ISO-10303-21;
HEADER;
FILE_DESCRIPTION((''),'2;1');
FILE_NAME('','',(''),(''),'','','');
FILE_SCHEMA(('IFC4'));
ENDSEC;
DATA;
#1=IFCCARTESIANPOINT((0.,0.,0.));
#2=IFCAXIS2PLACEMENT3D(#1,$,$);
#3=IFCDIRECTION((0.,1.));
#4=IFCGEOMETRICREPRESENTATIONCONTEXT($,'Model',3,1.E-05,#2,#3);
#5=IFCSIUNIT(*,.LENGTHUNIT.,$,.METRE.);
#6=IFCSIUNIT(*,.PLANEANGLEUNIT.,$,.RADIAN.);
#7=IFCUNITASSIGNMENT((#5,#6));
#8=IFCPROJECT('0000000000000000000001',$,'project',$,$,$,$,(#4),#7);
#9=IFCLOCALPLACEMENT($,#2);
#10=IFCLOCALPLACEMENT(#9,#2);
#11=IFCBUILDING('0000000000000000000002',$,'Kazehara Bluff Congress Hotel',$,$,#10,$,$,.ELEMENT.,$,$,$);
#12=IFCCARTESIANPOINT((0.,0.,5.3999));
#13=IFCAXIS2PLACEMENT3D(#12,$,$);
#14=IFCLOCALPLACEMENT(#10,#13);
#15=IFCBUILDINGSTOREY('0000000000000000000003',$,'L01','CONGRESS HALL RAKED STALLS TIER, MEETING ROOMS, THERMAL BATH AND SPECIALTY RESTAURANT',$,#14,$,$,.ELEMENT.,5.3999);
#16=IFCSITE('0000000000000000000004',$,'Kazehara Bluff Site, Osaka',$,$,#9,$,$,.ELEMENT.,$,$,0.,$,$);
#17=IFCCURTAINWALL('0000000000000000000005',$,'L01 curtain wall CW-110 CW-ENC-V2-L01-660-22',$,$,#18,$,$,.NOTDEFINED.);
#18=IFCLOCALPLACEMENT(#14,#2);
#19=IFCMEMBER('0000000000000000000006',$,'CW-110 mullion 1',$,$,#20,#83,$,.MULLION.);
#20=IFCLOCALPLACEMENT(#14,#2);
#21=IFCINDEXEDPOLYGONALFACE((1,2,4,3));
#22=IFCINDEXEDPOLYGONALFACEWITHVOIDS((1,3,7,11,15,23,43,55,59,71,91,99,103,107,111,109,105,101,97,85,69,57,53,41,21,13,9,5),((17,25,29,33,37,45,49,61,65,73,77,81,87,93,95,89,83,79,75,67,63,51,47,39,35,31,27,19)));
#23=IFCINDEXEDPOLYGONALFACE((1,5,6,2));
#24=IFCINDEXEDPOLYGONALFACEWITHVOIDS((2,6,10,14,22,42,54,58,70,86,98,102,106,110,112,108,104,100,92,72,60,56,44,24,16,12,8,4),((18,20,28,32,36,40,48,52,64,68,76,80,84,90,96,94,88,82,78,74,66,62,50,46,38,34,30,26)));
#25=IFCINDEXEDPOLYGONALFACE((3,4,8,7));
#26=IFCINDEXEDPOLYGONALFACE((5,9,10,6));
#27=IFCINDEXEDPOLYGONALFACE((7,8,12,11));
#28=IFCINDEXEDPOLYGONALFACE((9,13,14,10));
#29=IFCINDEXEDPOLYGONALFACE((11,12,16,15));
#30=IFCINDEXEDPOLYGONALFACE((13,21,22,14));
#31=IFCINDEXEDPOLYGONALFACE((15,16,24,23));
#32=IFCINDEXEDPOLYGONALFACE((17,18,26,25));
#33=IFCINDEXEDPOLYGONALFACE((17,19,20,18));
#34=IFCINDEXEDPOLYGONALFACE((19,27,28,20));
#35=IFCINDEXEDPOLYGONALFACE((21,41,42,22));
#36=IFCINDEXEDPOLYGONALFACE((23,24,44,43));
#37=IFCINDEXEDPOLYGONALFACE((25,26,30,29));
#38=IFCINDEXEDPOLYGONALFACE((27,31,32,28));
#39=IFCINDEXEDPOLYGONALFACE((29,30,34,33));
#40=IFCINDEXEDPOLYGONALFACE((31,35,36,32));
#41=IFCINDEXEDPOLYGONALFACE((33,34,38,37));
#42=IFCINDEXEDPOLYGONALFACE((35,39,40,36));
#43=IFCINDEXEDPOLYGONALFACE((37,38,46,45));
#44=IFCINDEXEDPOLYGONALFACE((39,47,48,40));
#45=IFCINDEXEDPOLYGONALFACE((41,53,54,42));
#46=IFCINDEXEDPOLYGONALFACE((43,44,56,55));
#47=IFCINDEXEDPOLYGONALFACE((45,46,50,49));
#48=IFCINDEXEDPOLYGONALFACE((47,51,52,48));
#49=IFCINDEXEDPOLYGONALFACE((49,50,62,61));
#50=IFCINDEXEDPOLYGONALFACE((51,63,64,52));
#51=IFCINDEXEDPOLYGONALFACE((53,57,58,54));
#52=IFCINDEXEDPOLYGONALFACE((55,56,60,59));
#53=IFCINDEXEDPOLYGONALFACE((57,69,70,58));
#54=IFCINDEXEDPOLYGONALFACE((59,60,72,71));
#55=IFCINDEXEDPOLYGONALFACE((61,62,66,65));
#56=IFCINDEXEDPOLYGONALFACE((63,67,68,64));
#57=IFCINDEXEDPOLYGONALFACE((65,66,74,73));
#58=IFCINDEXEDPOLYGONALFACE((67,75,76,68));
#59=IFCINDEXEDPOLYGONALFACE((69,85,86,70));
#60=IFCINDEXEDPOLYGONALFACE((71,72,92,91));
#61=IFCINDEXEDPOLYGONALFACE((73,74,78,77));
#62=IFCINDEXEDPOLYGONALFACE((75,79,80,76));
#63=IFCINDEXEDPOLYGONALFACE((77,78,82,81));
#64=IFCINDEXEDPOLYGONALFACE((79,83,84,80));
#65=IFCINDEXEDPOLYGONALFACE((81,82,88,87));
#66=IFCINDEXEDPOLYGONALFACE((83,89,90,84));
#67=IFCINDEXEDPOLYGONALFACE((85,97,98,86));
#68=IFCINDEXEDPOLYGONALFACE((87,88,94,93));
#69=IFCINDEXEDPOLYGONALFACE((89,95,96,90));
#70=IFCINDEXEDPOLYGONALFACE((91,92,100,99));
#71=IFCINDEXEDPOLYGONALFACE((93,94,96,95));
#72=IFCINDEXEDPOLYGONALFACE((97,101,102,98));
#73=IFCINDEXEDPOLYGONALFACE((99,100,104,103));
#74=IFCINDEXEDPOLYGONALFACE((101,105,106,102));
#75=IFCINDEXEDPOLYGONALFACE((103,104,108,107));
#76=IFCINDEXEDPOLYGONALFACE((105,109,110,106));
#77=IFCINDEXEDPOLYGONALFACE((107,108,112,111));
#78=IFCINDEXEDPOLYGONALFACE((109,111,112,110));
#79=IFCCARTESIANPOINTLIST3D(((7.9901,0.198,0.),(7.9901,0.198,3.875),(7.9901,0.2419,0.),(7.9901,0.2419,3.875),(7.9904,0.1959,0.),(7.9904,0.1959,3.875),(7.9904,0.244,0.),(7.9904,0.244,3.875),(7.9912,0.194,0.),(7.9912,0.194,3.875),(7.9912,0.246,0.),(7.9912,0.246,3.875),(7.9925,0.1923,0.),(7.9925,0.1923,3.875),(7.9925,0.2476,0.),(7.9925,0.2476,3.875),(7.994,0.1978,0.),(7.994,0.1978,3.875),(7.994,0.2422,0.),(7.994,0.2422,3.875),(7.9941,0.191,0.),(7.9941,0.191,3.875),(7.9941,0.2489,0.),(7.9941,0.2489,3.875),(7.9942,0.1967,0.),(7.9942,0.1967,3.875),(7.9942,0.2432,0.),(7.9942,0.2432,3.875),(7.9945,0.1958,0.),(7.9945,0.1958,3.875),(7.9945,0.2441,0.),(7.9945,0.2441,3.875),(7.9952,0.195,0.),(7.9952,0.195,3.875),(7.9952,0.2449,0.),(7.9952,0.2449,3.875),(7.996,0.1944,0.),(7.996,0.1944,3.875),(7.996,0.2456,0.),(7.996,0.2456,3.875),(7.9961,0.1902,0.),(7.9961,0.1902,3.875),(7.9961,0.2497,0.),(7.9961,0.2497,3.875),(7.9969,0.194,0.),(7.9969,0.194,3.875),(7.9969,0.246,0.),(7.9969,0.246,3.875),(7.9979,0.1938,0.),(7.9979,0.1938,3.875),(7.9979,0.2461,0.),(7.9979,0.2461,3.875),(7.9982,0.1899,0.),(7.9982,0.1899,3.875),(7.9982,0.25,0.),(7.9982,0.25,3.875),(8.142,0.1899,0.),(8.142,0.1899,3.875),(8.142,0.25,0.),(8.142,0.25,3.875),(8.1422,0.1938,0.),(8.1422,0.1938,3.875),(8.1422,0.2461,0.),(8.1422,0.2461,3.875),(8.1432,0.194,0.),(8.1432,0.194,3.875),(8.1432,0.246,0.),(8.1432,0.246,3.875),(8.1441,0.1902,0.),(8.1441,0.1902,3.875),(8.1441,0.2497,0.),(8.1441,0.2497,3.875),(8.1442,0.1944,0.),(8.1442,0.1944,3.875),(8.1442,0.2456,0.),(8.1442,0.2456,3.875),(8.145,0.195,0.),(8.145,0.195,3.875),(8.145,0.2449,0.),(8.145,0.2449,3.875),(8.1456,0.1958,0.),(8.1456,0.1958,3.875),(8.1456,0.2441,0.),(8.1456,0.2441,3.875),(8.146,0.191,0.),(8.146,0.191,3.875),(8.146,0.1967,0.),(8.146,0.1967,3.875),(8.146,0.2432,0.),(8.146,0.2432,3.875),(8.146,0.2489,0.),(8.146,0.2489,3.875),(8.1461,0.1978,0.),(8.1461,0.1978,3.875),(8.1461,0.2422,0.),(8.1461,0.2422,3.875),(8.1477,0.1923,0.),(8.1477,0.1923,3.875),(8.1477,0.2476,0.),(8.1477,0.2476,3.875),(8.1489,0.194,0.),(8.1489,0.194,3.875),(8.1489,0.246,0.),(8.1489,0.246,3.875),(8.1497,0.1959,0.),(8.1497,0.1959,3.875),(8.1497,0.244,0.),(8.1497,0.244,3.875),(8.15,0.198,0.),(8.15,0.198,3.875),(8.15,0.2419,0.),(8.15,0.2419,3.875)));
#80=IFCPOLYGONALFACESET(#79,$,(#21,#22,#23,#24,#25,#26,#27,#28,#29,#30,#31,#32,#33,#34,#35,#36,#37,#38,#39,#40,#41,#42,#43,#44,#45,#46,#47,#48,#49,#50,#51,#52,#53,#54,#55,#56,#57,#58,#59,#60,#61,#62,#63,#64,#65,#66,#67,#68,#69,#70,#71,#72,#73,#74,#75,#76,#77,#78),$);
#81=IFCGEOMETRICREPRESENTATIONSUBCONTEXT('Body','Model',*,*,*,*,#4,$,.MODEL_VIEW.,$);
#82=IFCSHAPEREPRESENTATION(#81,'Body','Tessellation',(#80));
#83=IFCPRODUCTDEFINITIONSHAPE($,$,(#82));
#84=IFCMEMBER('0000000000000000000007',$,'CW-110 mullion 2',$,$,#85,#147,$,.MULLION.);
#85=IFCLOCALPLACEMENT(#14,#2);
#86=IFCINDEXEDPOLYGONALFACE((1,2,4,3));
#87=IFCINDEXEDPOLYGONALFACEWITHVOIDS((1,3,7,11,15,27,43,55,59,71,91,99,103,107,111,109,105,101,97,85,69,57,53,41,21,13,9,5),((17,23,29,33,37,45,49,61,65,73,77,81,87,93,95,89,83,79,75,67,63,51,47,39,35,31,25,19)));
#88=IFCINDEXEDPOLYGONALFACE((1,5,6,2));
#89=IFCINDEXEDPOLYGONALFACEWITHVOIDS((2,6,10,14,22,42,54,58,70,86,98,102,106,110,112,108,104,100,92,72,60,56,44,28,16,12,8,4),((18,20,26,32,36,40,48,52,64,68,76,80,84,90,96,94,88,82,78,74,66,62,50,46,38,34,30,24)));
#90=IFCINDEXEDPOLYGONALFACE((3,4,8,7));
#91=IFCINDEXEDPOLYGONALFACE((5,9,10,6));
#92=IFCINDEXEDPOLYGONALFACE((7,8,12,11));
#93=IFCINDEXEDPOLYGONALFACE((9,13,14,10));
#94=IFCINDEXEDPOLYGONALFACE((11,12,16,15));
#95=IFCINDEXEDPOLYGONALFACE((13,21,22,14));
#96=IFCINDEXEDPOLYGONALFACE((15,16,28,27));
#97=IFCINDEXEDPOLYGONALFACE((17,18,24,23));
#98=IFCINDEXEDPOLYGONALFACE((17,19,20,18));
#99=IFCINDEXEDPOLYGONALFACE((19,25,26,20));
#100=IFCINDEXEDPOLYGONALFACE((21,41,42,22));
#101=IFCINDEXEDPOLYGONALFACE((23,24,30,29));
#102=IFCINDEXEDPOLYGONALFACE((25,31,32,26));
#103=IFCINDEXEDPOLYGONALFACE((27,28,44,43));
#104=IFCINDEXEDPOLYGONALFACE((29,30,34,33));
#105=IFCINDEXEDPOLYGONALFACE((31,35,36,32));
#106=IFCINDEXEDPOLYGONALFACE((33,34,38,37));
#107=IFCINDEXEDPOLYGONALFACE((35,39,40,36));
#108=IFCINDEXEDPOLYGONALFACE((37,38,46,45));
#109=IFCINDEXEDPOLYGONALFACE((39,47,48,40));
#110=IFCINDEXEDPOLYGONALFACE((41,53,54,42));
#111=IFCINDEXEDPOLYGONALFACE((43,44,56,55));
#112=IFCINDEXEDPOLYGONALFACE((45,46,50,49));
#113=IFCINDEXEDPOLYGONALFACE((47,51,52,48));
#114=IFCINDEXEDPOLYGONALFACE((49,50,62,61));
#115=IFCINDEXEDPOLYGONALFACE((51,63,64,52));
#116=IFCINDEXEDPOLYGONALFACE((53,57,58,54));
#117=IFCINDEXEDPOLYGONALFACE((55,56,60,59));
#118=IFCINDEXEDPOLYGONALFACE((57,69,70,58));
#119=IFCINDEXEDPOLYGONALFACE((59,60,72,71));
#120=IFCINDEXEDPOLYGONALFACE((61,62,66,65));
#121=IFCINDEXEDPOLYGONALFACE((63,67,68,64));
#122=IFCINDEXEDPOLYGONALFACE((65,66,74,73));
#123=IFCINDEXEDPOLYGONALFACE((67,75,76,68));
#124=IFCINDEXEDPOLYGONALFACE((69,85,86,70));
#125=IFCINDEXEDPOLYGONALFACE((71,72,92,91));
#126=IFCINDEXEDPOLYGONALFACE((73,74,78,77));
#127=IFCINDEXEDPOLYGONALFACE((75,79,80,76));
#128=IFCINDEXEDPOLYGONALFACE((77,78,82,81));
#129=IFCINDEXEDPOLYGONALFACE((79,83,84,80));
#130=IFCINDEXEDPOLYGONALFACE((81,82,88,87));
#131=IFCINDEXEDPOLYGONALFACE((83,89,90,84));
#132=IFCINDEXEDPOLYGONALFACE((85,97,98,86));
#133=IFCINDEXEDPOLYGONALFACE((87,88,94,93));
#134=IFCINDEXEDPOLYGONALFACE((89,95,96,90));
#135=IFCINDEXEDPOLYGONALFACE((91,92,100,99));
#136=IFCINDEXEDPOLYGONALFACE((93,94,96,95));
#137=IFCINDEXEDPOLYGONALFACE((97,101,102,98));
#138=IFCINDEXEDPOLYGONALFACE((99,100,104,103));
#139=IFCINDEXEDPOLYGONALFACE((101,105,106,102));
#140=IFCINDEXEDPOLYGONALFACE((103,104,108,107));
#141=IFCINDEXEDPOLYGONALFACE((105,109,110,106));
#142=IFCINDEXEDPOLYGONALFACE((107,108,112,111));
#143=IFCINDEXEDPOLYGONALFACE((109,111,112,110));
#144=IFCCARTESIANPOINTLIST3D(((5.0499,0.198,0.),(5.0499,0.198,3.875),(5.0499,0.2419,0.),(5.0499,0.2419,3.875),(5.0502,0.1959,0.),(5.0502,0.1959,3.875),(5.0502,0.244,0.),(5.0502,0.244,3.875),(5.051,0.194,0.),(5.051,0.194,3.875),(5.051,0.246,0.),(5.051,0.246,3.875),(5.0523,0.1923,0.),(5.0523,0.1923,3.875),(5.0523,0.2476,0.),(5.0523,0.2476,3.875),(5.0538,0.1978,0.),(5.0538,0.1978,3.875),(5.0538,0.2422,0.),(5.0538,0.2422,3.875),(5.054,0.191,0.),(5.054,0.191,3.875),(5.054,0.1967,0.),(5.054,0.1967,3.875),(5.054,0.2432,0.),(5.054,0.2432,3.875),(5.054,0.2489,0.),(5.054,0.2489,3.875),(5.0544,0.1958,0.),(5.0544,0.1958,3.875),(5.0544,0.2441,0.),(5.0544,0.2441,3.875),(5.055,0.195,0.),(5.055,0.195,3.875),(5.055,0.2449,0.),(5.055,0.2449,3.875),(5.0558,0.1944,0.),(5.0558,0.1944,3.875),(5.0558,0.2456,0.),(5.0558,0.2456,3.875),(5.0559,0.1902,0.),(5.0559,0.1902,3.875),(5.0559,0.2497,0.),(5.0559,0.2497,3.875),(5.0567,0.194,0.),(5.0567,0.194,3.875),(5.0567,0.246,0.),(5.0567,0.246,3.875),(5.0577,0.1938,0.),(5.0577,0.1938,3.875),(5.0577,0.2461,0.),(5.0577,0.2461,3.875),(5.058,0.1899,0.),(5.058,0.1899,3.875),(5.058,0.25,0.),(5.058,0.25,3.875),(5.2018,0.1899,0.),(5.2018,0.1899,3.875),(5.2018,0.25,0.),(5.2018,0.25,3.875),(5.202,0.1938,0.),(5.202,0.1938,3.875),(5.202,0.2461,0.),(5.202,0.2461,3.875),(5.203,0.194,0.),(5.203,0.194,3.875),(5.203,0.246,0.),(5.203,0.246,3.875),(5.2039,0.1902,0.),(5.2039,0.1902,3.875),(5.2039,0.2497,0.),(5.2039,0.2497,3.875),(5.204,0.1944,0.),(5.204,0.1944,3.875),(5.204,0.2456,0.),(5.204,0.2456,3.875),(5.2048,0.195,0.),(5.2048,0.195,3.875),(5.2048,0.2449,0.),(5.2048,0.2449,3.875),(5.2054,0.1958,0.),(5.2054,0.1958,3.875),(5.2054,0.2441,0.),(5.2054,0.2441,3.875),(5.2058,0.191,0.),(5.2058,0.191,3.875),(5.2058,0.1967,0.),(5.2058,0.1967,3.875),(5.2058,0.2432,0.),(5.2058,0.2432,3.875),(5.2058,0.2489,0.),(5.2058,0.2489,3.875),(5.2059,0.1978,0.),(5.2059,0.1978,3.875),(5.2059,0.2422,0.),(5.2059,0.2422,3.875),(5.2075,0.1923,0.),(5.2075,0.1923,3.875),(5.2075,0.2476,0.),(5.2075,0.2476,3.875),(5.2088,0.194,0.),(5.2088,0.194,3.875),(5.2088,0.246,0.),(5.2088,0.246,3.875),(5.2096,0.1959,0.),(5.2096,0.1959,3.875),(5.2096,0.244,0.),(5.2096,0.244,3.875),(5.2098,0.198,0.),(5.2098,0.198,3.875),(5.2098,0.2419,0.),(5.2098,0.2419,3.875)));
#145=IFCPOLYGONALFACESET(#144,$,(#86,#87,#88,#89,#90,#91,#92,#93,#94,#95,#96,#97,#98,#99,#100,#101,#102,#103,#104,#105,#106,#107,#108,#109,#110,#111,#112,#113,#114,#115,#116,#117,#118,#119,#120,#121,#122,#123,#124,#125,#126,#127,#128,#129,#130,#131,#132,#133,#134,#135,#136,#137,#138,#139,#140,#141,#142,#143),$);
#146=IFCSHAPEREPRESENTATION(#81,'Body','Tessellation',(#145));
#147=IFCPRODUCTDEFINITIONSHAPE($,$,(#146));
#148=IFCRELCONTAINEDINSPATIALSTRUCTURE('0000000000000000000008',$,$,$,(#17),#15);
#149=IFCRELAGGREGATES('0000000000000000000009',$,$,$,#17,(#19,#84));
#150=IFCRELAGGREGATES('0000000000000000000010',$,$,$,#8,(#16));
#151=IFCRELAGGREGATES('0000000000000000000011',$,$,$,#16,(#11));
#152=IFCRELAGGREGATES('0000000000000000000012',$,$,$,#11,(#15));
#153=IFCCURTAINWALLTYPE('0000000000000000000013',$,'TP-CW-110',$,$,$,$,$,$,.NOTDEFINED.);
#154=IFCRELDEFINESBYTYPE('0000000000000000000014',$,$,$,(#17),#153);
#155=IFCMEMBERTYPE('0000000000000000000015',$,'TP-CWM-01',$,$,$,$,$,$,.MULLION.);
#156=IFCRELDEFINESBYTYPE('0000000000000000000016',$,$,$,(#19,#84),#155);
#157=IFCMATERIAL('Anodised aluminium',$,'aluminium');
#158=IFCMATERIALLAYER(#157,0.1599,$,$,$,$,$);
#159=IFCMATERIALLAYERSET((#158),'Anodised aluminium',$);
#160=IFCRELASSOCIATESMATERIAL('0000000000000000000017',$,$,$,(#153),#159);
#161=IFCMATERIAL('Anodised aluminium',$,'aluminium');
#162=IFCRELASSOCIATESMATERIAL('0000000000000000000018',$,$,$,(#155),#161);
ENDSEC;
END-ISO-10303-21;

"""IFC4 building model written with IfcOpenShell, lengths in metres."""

from ifc_helpers import new_model, si_unit, direction, frame, origin, origin_2d, place, context, subcontext, project, spatial, hollow_rectangle, extrude, material, layer, layer_set, material_profile, profile_set, type_object, element, aggregate, save


model = new_model("IFC4")

# Units and contexts
model_context = context("Model", 3, precision=1e-05, world=origin(), true_north=direction((0.0, 1.0)))
body_context = subcontext(model_context, "Body", "Model", "MODEL_VIEW")
ifc_project = project(units=[si_unit("LENGTHUNIT", "METRE"), si_unit("PLANEANGLEUNIT", "RADIAN")], contexts=[model_context])

# Site, building, storey
site_placement = place(None, origin())
site = spatial("IfcSite", under=ifc_project, at=site_placement, Name="Kazehara Bluff Site, Osaka", CompositionType="ELEMENT", RefElevation=0.0)
building_placement = place(site_placement, origin())
building = spatial("IfcBuilding", under=site, at=building_placement, Name="Kazehara Bluff Congress Hotel", CompositionType="ELEMENT")
storey_placement = place(building_placement, frame((0.0, 0.0, 5.3999)))
storey = spatial("IfcBuildingStorey", under=building, at=storey_placement, Name="L01", Description="CONGRESS HALL RAKED STALLS TIER, MEETING ROOMS, THERMAL BATH AND SPECIALTY RESTAURANT", CompositionType="ELEMENT", Elevation=5.3999)

# Curtain wall, members
ifc_material_1 = material(Name="Anodised aluminium", Category="aluminium")
ifc_layer_1 = layer(ifc_material_1, 0.1599)
ifc_layer_set_1 = layer_set([ifc_layer_1], Name="Anodised aluminium")
curtain_wall_type = type_object("IfcCurtainWallType", Name="TP-CW-110", PredefinedType="NOTDEFINED", material=ifc_layer_set_1)
curtain_wall_placement = place(storey_placement, origin())
curtain_wall = element("IfcCurtainWall", 1, at=curtain_wall_placement, inside=storey, type_object=curtain_wall_type, Name="L01 curtain wall CW-110 CW-ENC-V2-L01-660-22", PredefinedType="NOTDEFINED")
ifc_material_2 = material(Name="Anodised aluminium", Category="aluminium")
ifc_material_profile_1 = material_profile(ifc_material_2, hollow_rectangle(XDim=0.0601, YDim=0.1599, WallThickness=0.0039, InnerFilletRadius=0.0039, OuterFilletRadius=0.0081, at=origin_2d()))
ifc_profile_set_1 = profile_set([ifc_material_profile_1], Name="Anodised aluminium")
member_type_1 = type_object("IfcMemberType", Name="TP-CWM-01", PredefinedType="MULLION", material=ifc_profile_set_1)
member_1_placement = place(storey_placement, frame((8.0701, 0.22, 0.0), z_axis=(0.0, 0.0, 1.0), x_axis=(0.0, -1.0, 0.0)))
member_1 = element("IfcMember", 2, at=member_1_placement, type_object=member_type_1, Name="CW-110 mullion 1", PredefinedType="MULLION", context=body_context, shape_type="SweptSolid", body=[
    extrude(hollow_rectangle(XDim=0.0601, YDim=0.1599, WallThickness=0.0039, InnerFilletRadius=0.0039, OuterFilletRadius=0.0081, at=origin_2d()), origin(), (0.0, 0.0, 1.0), 3.875),
])
member_2_placement = place(storey_placement, frame((5.1299, 0.22, 0.0), z_axis=(0.0, 0.0, 1.0), x_axis=(0.0, -1.0, 0.0)))
member_2 = element("IfcMember", 3, at=member_2_placement, type_object=member_type_1, Name="CW-110 mullion 2", PredefinedType="MULLION", context=body_context, shape_type="SweptSolid", body=[
    extrude(hollow_rectangle(XDim=0.0601, YDim=0.1599, WallThickness=0.0039, InnerFilletRadius=0.0039, OuterFilletRadius=0.0081, at=origin_2d()), origin(), (0.0, 0.0, 1.0), 3.875),
])

aggregate(curtain_wall, [member_1, member_2])

save(model, "model.ifc")
